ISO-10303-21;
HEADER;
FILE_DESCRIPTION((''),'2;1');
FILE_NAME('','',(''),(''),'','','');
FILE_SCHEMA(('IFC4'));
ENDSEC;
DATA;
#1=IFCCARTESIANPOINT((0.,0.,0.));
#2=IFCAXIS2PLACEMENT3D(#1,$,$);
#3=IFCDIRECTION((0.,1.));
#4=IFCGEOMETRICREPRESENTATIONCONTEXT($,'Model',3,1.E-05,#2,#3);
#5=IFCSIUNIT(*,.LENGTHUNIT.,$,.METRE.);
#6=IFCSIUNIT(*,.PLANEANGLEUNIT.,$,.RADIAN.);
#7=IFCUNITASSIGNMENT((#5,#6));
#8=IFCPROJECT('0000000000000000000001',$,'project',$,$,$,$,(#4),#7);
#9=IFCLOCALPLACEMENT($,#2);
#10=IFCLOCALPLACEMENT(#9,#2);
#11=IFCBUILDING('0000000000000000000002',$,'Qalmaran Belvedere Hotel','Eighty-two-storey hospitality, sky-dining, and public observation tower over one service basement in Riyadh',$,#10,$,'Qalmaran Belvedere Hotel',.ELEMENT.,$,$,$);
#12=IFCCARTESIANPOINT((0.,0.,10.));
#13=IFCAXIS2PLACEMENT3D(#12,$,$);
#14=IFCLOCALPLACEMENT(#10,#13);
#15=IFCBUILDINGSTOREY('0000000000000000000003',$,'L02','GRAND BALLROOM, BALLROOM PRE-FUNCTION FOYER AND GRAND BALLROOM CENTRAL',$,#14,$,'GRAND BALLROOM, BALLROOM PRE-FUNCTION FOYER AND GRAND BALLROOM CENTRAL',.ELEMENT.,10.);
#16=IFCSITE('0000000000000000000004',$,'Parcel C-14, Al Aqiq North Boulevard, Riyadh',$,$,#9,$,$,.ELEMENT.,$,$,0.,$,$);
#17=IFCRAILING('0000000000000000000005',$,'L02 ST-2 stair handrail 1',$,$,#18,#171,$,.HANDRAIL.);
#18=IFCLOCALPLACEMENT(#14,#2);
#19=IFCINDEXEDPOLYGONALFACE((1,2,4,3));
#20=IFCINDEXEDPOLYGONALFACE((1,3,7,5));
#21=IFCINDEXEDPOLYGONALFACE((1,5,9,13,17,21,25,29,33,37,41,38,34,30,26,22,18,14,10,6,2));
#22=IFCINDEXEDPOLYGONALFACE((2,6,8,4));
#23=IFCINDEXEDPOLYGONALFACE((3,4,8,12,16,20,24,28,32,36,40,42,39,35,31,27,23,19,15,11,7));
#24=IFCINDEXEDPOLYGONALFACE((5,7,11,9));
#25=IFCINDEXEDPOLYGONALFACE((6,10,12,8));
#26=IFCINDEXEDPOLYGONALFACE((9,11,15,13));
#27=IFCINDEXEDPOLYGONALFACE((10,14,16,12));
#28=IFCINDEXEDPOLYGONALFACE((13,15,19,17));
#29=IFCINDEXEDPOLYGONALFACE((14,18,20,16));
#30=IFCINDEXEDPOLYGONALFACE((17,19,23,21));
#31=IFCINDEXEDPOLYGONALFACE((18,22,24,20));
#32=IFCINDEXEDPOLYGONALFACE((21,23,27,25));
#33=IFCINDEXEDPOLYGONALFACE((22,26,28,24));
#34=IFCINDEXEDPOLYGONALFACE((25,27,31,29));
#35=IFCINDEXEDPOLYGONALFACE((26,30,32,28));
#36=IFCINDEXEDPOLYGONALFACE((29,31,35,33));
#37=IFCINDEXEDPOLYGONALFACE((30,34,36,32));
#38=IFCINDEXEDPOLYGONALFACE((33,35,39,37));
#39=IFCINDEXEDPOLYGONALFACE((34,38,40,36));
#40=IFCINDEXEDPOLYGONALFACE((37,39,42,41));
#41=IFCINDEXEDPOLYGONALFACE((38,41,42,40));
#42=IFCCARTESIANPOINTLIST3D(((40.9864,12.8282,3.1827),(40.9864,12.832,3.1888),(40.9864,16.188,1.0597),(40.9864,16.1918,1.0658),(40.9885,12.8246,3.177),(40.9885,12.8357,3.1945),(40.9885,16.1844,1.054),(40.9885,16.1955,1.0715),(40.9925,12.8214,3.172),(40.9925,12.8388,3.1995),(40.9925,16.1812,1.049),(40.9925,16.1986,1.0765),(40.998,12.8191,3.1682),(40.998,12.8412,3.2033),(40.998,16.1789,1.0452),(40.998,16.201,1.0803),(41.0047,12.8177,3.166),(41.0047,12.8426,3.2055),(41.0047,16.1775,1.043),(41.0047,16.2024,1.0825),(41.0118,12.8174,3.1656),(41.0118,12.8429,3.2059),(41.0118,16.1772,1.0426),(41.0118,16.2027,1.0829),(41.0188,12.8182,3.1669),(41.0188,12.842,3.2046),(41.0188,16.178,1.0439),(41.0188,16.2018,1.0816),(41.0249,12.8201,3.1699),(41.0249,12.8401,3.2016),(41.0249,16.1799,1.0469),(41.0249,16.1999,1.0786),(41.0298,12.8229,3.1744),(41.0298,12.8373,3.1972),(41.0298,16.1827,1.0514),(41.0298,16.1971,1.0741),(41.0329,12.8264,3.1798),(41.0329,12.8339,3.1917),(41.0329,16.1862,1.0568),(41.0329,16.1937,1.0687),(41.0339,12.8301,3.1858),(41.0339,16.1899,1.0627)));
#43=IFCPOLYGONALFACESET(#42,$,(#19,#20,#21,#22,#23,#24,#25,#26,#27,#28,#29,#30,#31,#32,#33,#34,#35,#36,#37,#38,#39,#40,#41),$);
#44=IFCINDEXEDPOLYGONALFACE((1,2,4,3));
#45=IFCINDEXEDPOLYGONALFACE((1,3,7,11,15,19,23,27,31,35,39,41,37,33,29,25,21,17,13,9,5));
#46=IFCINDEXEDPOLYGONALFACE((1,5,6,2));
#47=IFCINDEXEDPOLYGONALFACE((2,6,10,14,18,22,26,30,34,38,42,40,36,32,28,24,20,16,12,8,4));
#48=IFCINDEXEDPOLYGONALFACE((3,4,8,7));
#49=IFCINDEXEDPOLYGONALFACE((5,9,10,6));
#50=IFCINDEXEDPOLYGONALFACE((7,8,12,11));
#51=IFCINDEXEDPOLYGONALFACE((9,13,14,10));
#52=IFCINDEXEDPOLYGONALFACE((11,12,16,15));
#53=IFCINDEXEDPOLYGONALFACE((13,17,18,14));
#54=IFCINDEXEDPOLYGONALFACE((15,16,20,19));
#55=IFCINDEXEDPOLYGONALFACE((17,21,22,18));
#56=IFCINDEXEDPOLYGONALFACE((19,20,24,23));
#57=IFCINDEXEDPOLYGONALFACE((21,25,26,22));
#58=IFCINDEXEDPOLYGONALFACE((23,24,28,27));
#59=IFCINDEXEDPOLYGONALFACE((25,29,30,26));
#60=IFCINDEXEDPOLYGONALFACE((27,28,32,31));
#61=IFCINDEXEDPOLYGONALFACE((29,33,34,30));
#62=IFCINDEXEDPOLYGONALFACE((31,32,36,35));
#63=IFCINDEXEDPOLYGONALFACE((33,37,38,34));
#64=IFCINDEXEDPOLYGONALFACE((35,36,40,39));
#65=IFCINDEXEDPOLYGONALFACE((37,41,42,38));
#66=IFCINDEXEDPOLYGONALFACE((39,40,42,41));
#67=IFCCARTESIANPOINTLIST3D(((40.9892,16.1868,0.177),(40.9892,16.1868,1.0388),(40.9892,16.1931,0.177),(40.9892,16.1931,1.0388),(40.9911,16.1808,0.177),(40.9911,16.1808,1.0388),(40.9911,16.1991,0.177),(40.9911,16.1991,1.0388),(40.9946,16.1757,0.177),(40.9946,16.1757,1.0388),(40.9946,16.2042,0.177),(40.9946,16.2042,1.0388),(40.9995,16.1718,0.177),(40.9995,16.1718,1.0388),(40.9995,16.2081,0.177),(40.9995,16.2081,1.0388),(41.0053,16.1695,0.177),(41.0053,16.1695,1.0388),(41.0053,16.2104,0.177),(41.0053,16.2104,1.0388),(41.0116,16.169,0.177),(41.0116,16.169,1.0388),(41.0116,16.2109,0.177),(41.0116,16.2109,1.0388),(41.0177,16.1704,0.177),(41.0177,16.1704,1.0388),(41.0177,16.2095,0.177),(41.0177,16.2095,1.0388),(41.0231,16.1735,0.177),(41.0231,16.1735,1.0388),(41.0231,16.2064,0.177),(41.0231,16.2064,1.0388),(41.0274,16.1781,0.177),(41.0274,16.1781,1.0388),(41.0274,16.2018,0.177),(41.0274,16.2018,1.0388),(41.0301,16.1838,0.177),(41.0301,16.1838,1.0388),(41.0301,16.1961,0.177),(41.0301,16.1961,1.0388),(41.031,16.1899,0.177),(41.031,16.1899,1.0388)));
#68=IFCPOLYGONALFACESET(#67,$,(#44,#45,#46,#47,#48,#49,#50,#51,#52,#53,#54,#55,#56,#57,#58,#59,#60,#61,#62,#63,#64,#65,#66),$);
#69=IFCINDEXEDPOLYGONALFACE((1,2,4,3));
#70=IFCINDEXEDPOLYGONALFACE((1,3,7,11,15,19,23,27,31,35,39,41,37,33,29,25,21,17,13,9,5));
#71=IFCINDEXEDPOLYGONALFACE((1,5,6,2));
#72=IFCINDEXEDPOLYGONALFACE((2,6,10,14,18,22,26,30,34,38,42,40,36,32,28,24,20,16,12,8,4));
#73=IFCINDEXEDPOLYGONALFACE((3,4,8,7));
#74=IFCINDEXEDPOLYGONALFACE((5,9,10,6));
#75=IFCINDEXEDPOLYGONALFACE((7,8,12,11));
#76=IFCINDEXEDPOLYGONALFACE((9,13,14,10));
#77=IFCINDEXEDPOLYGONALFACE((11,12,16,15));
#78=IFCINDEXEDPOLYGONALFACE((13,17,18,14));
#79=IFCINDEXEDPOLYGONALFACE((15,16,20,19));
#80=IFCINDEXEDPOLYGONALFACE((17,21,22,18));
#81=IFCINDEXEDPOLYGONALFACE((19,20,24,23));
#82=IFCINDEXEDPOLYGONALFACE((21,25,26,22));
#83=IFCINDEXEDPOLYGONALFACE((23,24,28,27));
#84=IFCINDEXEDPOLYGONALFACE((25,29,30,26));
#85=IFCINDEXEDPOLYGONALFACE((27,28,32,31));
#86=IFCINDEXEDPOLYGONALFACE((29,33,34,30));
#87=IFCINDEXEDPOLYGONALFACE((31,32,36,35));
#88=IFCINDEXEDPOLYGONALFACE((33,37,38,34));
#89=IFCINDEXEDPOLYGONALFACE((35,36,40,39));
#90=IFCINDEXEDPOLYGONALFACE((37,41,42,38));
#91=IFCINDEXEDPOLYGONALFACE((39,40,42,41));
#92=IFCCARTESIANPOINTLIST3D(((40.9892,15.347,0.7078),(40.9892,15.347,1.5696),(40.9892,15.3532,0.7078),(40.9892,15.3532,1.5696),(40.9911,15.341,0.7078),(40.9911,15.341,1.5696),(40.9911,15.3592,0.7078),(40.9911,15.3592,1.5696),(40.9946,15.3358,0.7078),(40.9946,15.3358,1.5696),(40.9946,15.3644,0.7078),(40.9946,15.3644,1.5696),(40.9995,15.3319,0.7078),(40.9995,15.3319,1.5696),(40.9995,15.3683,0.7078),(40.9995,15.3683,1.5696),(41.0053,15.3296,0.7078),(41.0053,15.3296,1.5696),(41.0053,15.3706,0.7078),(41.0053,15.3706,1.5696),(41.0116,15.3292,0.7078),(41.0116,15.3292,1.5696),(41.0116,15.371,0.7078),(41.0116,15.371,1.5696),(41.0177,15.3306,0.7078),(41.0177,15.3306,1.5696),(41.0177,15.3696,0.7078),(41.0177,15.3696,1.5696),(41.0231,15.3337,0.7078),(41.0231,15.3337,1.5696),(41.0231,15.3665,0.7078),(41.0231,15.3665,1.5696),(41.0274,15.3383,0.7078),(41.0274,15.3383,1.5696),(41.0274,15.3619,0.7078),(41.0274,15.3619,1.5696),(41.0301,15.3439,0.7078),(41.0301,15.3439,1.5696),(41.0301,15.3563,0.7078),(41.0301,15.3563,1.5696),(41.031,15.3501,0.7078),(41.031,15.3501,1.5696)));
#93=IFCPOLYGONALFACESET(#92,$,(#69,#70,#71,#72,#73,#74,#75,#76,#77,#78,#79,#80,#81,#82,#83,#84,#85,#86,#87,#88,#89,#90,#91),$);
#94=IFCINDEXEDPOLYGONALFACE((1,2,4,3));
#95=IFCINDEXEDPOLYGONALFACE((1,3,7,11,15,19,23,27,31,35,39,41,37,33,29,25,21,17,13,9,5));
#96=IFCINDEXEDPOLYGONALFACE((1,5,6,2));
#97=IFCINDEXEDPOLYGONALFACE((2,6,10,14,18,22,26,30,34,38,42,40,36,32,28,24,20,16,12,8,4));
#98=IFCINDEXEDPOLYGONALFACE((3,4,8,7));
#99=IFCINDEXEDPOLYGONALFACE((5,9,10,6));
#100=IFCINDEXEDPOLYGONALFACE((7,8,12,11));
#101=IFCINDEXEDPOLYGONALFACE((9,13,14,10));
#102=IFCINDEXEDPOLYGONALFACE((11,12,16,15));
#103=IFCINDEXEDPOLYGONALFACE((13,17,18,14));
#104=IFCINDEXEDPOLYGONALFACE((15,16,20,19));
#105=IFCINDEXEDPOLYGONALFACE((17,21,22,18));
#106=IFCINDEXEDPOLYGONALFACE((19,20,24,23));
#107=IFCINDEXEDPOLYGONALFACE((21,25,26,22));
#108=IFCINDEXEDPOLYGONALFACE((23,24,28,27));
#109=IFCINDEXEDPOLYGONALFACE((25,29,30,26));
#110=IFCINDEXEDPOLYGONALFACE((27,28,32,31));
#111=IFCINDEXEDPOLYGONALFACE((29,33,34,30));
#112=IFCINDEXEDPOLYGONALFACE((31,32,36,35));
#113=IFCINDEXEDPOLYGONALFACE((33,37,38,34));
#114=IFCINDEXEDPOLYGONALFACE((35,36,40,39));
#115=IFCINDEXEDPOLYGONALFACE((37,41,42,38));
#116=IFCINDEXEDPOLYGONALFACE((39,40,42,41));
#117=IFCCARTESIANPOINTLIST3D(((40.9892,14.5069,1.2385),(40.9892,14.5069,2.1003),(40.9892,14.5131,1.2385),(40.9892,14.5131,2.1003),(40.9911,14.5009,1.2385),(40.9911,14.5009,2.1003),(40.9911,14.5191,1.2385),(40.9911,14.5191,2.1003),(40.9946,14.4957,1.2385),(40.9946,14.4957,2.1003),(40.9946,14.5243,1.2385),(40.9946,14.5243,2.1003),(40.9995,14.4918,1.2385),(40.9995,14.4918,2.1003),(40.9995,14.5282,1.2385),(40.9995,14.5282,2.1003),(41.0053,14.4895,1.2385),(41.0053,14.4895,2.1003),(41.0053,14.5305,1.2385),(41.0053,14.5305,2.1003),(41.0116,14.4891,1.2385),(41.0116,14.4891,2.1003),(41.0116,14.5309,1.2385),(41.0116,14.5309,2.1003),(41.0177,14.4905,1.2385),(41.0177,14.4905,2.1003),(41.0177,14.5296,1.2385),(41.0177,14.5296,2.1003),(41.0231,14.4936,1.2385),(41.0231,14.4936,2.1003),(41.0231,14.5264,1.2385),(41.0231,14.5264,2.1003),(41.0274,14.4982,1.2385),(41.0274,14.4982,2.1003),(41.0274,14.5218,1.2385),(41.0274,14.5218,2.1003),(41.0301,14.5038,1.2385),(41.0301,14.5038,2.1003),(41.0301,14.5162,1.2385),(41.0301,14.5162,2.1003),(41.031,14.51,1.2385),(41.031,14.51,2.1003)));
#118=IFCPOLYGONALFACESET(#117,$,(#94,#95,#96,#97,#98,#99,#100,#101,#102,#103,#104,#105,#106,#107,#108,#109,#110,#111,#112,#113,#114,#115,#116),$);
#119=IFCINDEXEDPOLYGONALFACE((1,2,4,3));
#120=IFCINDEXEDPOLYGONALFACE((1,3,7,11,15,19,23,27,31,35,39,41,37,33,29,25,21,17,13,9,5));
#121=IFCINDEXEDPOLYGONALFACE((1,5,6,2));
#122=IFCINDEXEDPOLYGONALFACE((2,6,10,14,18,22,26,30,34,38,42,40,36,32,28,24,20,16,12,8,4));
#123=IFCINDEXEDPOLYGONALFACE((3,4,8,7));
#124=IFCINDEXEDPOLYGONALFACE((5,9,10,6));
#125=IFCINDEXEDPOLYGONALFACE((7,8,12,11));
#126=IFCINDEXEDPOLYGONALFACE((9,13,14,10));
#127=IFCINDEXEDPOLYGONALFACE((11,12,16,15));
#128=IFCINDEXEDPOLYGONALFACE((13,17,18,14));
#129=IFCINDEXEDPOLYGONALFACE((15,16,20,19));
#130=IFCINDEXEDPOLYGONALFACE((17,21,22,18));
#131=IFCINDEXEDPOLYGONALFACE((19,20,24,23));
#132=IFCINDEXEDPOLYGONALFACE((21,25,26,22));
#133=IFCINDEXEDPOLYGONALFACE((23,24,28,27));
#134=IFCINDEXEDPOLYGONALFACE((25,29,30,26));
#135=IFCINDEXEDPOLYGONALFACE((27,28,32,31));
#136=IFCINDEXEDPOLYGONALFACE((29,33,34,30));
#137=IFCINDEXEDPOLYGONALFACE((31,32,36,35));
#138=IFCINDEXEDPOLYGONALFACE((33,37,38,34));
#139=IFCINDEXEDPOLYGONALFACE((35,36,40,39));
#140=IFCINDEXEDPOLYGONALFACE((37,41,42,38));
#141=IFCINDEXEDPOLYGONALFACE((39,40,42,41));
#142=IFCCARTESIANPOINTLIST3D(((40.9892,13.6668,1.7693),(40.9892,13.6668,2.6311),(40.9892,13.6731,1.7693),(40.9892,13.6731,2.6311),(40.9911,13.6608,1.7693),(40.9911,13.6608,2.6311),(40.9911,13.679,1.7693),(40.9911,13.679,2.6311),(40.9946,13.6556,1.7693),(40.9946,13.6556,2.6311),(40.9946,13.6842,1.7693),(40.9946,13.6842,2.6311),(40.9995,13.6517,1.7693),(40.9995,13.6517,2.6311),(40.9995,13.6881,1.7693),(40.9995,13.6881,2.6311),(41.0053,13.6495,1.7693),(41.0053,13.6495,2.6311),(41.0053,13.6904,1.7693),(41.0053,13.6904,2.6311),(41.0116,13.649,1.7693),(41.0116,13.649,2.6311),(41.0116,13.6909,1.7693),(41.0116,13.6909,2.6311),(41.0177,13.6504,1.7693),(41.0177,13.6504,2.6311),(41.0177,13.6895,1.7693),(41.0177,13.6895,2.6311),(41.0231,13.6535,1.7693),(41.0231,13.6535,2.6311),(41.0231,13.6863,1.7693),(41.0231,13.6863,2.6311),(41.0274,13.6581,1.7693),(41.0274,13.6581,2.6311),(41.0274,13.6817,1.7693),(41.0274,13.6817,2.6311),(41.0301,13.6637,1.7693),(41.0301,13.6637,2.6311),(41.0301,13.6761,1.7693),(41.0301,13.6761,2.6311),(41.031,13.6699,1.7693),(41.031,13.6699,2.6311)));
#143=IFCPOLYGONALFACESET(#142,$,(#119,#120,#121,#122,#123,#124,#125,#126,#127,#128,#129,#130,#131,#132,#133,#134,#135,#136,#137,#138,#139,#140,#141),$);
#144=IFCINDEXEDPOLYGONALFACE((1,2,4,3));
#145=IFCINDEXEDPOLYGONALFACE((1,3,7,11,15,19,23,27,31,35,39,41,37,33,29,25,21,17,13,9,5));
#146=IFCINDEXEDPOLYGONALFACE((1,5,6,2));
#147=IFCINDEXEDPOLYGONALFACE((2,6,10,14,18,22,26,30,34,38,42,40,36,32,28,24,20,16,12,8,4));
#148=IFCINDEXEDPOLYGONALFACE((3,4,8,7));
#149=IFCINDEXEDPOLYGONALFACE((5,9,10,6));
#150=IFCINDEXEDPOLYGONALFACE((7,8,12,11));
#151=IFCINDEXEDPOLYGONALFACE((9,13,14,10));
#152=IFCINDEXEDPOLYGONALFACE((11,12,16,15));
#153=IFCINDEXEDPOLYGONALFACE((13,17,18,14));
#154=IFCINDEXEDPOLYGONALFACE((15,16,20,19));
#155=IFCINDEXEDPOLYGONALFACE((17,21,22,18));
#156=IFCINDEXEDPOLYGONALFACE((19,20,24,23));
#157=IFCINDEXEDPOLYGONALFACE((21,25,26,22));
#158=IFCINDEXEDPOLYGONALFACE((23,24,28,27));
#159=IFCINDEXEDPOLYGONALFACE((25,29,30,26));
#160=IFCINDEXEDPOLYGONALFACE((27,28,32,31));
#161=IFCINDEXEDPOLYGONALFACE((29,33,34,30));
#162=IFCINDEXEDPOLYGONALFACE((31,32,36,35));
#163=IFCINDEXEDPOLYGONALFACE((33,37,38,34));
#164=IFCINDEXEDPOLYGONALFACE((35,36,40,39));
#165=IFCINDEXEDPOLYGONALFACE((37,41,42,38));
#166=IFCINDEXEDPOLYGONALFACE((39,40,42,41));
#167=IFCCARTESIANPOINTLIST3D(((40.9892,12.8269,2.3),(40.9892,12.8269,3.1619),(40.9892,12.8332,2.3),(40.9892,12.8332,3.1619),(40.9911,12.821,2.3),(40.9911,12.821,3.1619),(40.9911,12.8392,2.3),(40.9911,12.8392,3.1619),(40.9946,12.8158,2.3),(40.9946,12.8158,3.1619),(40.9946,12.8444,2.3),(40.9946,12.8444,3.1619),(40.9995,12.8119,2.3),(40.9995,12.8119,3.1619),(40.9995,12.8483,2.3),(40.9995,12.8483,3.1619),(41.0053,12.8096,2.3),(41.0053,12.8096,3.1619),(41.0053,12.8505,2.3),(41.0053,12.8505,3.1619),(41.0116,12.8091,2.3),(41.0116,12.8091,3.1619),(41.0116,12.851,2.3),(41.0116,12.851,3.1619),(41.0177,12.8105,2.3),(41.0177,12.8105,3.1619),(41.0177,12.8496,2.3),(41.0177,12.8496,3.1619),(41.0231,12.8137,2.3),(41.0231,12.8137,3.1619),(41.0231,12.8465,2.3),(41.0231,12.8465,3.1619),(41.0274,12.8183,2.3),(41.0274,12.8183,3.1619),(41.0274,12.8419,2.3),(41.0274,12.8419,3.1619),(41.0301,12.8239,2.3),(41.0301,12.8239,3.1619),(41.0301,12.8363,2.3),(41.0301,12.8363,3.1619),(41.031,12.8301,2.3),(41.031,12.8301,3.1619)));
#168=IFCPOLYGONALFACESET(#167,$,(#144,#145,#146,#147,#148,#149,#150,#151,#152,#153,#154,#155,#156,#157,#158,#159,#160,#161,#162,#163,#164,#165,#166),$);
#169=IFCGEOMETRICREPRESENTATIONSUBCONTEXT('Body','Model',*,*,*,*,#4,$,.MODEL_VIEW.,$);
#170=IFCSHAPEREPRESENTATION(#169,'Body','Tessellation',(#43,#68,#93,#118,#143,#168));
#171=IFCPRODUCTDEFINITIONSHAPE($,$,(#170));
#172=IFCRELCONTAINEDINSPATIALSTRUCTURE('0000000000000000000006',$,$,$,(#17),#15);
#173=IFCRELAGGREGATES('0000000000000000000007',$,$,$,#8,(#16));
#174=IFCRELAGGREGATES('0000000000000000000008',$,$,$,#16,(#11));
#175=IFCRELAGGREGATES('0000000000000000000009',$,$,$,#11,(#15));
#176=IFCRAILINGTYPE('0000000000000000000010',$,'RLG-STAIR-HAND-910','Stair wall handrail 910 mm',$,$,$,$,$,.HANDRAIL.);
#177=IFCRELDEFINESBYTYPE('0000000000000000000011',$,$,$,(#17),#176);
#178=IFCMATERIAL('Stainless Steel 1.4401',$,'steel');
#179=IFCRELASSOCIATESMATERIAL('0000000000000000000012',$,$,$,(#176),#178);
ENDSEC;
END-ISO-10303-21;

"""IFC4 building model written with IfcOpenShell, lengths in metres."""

from ifc_helpers import new_model, si_unit, direction, frame, origin, origin_2d, place, context, subcontext, project, spatial, circle, extrude, material, type_object, element, save


model = new_model("IFC4")

# Units and contexts
model_context = context("Model", 3, precision=1e-05, world=origin(), true_north=direction((0.0, 1.0)))
body_context = subcontext(model_context, "Body", "Model", "MODEL_VIEW")
ifc_project = project(units=[si_unit("LENGTHUNIT", "METRE"), si_unit("PLANEANGLEUNIT", "RADIAN")], contexts=[model_context])

# Site, building, storey
site_placement = place(None, origin())
site = spatial("IfcSite", under=ifc_project, at=site_placement, Name="Parcel C-14, Al Aqiq North Boulevard, Riyadh", CompositionType="ELEMENT", RefElevation=0.0)
building_placement = place(site_placement, origin())
building = spatial("IfcBuilding", under=site, at=building_placement, Name="Qalmaran Belvedere Hotel", Description="Eighty-two-storey hospitality, sky-dining, and public observation tower over one service basement in Riyadh", LongName="Qalmaran Belvedere Hotel", CompositionType="ELEMENT")
storey_placement = place(building_placement, frame((0.0, 0.0, 10.0)))
storey = spatial("IfcBuildingStorey", under=building, at=storey_placement, Name="L02", Description="GRAND BALLROOM, BALLROOM PRE-FUNCTION FOYER AND GRAND BALLROOM CENTRAL", LongName="GRAND BALLROOM, BALLROOM PRE-FUNCTION FOYER AND GRAND BALLROOM CENTRAL", CompositionType="ELEMENT", Elevation=10.0)

# Shared definitions
ifc_material_1 = material(Name="Stainless Steel 1.4401", Category="steel")

# Railing
railing_type_1 = type_object("IfcRailingType", Name="RLG-STAIR-HAND-910", Description="Stair wall handrail 910 mm", PredefinedType="HANDRAIL", material=ifc_material_1)
railing_1_placement = place(storey_placement, frame((41.01, 16.1899, 0.177)))
element("IfcRailing", 1, at=railing_1_placement, inside=storey, type_object=railing_type_1, Name="L02 ST-2 stair handrail 1", PredefinedType="HANDRAIL", context=body_context, shape_type="SweptSolid", body=[
    extrude(circle(Radius=0.0239, at=origin_2d()), frame((0.0, 0.0, 0.8857), z_axis=(0.0, -0.845372, 0.534178), x_axis=(1.0, 0.0, 0.0)), (0.0, 0.0, 1.0), 3.9744),
    extrude(circle(Radius=0.021, at=origin_2d()), origin(), (0.0, 0.0, 1.0), 0.8618),
    extrude(circle(Radius=0.021, at=origin_2d()), frame((0.0, -0.8398, 0.5308)), (0.0, 0.0, 1.0), 0.8618),
    extrude(circle(Radius=0.021, at=origin_2d()), frame((0.0, -1.6799, 1.0615)), (0.0, 0.0, 1.0), 0.8618),
    extrude(circle(Radius=0.021, at=origin_2d()), frame((0.0, -2.52, 1.5923)), (0.0, 0.0, 1.0), 0.8618),
    extrude(circle(Radius=0.021, at=origin_2d()), frame((0.0, -3.3599, 2.123)), (0.0, 0.0, 1.0), 0.8618),
])

save(model, "model.ifc")
